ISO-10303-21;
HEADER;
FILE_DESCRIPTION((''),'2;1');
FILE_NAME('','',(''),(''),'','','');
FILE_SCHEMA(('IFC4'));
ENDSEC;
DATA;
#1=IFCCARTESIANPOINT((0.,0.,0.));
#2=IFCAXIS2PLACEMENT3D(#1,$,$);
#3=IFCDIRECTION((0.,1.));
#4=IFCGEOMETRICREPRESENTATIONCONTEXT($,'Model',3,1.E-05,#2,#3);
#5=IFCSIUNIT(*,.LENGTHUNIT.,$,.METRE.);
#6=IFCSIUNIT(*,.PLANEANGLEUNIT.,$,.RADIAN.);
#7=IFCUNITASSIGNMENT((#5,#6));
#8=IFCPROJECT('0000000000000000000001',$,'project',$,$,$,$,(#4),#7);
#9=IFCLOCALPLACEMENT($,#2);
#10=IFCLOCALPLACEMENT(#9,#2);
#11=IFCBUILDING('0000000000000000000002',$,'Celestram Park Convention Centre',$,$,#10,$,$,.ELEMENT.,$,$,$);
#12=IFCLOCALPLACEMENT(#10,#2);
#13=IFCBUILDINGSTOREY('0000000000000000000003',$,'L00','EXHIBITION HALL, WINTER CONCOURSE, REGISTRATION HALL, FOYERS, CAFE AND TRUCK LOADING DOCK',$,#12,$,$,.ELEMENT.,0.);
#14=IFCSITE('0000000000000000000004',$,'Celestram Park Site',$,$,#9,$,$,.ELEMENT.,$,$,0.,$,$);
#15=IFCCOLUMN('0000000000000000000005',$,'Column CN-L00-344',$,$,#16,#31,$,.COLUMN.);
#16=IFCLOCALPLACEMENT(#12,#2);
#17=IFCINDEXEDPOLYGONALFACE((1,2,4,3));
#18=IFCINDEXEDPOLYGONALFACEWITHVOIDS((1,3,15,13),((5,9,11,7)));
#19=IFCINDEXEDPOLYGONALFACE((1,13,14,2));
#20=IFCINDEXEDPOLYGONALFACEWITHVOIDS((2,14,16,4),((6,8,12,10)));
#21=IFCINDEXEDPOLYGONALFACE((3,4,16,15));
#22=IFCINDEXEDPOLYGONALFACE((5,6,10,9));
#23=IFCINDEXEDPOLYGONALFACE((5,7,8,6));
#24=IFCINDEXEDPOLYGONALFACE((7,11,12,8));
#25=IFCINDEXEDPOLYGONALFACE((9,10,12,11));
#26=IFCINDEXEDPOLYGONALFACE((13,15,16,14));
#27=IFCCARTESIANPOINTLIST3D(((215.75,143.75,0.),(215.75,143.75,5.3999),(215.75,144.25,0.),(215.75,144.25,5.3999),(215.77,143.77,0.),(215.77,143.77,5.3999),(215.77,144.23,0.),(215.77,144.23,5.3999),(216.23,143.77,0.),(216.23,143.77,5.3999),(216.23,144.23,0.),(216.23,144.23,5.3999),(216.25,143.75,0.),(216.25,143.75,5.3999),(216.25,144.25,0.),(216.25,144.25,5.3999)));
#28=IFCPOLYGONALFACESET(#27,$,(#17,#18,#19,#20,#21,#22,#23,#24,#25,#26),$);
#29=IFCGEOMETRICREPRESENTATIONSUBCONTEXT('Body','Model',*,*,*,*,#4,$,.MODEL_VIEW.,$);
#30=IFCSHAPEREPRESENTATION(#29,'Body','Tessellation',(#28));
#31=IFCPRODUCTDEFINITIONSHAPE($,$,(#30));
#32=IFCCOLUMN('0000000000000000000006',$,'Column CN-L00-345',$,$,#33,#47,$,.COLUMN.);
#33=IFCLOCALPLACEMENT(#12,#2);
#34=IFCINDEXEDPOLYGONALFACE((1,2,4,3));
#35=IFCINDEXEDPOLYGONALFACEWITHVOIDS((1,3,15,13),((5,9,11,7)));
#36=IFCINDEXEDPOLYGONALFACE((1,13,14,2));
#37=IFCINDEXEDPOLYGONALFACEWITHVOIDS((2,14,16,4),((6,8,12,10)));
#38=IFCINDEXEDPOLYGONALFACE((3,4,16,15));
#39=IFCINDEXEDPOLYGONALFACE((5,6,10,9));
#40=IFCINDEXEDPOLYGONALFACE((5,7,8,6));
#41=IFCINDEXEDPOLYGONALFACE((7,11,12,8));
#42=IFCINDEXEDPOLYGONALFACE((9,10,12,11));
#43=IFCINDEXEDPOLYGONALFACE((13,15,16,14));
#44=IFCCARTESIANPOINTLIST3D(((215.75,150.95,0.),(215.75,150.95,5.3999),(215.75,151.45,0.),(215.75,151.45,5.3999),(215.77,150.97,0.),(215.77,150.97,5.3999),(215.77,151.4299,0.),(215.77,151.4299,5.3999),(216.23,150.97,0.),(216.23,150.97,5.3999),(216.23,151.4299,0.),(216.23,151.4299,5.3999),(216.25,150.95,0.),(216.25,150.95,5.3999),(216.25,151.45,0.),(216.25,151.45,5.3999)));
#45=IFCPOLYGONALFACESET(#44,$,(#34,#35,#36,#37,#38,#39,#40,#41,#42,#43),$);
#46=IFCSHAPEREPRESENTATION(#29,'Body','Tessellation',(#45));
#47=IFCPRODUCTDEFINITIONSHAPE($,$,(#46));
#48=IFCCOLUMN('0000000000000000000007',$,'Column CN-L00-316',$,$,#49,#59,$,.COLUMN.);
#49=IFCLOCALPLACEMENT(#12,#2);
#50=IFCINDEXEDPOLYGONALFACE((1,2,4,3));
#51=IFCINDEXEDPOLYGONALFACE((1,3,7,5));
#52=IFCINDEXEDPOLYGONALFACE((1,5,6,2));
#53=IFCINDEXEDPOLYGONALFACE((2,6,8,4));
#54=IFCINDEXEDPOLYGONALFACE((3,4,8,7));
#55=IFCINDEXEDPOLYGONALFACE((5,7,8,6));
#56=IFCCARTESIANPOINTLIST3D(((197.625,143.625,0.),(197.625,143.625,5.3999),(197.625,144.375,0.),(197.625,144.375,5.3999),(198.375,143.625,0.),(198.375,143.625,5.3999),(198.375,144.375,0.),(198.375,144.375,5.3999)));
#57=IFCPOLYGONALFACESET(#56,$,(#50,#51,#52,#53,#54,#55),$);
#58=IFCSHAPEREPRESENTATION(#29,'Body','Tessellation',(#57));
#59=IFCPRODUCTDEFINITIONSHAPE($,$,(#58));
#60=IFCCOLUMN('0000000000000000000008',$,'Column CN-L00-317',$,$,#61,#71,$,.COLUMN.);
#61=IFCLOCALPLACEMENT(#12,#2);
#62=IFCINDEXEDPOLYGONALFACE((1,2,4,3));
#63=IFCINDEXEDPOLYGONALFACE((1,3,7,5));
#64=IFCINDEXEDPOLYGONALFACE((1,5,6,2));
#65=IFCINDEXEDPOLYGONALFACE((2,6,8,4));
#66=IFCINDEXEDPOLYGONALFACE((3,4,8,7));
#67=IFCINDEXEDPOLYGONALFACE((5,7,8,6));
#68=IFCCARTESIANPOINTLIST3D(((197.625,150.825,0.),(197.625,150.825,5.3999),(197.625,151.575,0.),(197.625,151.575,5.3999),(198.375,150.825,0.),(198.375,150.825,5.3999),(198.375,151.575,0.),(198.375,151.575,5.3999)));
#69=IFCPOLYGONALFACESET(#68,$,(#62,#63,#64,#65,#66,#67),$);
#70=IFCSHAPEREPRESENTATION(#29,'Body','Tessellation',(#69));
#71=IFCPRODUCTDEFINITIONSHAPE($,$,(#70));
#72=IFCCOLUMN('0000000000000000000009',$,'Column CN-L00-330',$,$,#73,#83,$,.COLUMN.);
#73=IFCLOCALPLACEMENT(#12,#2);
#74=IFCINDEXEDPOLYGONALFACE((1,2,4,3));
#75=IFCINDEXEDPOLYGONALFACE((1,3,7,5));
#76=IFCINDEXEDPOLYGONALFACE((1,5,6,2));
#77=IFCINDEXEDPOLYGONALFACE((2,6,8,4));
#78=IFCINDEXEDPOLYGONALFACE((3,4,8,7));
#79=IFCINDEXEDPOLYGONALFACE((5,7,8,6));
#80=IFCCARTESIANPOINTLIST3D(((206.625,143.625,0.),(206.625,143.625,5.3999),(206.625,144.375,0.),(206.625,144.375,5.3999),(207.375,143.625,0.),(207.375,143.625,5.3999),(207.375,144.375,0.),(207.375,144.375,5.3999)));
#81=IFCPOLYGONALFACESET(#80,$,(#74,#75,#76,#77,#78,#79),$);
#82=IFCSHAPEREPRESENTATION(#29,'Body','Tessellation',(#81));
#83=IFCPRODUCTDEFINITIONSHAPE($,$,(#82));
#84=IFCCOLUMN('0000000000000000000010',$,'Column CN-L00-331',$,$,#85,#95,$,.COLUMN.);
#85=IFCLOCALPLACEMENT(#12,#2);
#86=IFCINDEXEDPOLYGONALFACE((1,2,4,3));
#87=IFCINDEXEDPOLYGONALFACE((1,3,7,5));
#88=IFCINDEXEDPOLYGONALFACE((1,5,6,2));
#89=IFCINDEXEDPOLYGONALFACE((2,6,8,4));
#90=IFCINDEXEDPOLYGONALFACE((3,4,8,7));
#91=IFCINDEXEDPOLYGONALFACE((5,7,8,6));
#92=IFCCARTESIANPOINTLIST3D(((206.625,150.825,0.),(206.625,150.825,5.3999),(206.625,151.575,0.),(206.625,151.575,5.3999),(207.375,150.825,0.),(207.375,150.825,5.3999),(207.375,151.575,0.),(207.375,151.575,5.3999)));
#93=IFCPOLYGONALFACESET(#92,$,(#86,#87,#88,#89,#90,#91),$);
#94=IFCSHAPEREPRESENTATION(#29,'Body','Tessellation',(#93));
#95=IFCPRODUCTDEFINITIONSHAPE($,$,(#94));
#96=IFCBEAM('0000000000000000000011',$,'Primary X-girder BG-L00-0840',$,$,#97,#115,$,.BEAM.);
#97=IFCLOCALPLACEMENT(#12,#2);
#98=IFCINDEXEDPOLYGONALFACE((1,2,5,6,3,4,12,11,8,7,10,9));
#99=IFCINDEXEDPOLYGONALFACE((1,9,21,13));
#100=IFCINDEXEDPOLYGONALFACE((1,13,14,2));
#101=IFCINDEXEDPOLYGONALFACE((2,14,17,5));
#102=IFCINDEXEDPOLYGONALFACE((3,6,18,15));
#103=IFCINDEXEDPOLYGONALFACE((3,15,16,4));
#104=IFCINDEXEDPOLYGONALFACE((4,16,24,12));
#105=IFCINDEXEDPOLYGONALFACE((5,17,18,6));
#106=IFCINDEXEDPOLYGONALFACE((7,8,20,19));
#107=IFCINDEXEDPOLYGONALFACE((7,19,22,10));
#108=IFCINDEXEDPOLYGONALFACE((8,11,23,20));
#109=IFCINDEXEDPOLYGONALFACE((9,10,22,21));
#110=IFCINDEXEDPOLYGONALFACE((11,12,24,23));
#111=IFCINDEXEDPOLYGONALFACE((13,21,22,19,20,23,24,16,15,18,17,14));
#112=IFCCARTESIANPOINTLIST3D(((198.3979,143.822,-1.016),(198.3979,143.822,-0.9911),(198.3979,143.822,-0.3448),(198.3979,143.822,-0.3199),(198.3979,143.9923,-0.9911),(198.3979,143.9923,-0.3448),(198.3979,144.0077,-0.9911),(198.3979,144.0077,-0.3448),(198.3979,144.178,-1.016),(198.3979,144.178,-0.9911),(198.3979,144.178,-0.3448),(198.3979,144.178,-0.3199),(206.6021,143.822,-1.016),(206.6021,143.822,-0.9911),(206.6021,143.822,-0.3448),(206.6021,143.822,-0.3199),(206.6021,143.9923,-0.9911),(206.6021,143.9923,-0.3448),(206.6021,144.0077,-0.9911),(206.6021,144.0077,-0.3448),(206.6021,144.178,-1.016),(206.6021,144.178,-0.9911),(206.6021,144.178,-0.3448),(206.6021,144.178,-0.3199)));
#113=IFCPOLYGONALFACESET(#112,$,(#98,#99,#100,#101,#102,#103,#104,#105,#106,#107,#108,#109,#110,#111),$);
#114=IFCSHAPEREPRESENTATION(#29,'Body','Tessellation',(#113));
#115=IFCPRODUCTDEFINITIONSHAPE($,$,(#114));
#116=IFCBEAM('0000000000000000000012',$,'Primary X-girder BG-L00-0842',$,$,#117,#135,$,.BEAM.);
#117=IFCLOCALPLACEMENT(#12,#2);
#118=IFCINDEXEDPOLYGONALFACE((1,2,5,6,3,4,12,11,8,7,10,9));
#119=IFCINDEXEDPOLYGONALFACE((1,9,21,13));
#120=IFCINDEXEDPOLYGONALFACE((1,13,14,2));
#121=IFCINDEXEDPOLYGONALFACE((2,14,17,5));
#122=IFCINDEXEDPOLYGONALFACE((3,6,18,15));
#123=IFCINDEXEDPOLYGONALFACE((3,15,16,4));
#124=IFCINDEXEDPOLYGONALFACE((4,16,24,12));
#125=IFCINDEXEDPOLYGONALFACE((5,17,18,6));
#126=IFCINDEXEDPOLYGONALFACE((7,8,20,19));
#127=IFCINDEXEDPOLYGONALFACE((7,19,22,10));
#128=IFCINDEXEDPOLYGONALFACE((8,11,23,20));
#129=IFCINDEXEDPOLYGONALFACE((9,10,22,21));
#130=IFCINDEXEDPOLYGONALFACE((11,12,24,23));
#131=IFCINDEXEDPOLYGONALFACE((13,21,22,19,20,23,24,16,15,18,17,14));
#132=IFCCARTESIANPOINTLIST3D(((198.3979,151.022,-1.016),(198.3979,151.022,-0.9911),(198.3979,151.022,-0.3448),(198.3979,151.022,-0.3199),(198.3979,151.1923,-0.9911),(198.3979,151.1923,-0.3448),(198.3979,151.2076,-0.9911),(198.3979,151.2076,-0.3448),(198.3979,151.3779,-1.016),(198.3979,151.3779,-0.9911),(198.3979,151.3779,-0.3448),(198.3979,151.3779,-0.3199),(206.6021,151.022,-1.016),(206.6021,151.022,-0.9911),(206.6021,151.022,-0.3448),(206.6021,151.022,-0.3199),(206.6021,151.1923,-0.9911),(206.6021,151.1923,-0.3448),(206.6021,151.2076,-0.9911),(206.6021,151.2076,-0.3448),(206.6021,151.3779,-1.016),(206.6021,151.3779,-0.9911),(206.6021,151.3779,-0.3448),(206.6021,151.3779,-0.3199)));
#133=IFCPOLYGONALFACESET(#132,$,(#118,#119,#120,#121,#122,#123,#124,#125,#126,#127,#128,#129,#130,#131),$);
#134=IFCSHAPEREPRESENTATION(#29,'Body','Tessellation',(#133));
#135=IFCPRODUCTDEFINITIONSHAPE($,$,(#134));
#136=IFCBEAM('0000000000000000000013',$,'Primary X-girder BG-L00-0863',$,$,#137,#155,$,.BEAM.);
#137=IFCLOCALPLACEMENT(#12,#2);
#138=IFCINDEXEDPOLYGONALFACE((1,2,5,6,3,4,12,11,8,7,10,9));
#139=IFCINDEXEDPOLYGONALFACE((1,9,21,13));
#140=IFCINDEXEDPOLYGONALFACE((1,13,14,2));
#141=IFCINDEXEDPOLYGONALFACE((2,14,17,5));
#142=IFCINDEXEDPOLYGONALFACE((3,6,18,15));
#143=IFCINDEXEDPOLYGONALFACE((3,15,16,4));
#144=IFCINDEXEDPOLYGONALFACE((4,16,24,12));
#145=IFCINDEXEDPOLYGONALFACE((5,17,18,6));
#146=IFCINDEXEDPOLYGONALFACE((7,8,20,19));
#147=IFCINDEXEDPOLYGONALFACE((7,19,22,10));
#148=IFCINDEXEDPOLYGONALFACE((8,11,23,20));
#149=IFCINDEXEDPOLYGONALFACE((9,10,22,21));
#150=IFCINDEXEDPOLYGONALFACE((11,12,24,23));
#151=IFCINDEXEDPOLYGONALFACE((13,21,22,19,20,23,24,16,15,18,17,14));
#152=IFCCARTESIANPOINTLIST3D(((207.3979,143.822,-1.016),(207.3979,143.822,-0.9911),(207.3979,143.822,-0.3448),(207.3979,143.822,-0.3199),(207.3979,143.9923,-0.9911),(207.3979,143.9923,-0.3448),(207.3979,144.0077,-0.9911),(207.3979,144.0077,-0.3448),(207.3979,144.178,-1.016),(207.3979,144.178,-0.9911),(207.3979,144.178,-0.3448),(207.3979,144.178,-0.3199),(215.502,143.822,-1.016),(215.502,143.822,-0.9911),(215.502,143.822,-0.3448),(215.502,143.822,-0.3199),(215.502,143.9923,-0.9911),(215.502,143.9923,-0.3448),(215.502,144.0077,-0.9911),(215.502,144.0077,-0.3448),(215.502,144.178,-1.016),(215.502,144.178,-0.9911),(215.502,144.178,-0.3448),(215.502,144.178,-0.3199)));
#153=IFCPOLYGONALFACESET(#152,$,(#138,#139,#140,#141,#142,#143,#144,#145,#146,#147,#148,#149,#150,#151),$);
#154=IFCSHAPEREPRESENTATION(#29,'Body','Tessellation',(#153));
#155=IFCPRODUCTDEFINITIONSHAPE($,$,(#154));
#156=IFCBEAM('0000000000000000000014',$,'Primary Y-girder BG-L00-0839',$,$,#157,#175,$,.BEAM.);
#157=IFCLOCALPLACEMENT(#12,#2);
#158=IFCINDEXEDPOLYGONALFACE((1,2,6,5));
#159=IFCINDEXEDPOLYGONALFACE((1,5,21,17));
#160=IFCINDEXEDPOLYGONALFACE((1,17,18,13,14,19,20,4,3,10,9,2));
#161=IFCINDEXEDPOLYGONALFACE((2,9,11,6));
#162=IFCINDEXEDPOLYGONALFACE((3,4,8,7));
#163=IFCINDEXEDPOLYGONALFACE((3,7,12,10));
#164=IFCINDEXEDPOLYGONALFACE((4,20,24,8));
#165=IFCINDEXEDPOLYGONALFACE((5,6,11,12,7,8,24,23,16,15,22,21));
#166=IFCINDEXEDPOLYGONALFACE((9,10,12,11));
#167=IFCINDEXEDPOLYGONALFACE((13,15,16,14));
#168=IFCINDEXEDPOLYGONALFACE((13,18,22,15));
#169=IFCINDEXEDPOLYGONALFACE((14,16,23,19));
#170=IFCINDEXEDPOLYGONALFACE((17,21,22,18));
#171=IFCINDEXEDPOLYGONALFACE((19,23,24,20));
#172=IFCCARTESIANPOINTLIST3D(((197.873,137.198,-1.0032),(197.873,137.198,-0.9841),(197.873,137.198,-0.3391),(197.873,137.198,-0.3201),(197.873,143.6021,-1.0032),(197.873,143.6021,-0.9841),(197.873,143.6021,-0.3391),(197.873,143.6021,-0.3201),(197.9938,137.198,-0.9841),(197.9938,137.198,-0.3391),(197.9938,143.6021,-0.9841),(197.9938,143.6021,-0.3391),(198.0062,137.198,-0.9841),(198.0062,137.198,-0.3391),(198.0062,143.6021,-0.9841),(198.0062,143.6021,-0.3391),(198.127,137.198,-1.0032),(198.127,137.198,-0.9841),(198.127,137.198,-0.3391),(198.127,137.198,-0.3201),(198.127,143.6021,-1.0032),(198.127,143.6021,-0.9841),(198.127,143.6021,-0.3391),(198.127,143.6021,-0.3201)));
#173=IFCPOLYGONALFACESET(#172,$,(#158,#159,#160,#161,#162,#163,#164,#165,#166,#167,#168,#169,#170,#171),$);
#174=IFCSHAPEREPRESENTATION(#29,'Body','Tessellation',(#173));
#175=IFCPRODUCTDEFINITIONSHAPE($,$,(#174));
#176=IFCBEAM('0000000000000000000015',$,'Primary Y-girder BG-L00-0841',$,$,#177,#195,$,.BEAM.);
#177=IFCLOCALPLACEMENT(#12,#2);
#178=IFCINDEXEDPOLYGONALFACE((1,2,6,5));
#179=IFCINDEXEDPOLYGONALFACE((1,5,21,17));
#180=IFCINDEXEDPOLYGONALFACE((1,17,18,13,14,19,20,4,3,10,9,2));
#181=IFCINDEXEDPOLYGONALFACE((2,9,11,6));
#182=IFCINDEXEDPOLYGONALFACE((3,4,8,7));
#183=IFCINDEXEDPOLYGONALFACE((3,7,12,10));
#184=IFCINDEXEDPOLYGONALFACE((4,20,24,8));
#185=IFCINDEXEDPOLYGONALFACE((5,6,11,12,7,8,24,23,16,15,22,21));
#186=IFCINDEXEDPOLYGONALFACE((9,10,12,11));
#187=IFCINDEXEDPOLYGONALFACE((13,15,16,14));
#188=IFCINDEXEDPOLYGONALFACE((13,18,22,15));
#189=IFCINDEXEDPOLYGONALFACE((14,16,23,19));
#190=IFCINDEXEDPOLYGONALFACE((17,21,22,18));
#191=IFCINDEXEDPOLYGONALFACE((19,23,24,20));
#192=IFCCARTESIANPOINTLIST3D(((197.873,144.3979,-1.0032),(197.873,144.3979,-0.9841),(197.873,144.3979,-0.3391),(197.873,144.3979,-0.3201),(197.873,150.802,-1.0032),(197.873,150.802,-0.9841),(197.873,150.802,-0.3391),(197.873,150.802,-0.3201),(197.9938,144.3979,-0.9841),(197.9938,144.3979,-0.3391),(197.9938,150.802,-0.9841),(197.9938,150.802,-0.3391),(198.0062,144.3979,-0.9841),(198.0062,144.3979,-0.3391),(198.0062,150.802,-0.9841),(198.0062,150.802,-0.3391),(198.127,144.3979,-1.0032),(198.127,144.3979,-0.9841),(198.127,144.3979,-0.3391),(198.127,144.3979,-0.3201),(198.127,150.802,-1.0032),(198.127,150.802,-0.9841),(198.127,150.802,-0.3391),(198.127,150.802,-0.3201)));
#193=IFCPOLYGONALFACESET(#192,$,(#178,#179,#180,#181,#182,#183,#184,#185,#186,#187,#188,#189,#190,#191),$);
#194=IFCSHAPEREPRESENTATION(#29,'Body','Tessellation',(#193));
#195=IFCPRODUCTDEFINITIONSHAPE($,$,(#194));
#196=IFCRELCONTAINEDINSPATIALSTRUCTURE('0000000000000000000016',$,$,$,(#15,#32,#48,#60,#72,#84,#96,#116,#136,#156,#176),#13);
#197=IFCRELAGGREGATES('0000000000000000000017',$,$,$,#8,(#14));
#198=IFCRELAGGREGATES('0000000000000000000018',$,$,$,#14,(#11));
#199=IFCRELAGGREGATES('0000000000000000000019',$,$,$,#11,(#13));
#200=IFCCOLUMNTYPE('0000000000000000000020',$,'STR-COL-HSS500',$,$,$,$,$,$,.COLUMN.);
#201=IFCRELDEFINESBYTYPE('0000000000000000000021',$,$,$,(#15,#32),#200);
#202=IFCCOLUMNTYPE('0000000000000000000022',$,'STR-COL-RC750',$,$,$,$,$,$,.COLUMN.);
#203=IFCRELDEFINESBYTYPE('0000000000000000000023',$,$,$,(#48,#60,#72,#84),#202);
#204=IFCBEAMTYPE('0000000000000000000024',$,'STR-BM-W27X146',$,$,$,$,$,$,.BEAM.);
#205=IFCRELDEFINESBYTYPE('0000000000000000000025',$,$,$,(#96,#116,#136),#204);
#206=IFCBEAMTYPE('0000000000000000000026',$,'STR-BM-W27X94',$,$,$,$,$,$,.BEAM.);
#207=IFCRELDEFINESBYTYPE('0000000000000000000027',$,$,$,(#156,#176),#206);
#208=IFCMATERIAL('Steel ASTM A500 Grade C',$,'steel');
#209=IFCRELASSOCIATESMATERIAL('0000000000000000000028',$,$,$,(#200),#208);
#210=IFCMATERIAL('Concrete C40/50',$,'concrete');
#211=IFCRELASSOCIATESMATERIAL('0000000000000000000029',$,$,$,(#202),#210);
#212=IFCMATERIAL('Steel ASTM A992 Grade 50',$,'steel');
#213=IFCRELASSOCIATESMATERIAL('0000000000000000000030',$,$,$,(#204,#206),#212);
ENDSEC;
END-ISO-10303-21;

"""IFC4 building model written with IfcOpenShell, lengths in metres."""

from ifc_helpers import new_model, si_unit, direction, frame, origin, origin_2d, place, context, subcontext, project, spatial, rectangle, hollow_rectangle, i_section, extrude, material, material_profile, profile_set, type_object, element, save


model = new_model("IFC4")

# Units and contexts
model_context = context("Model", 3, precision=1e-05, world=origin(), true_north=direction((0.0, 1.0)))
body_context = subcontext(model_context, "Body", "Model", "MODEL_VIEW")
ifc_project = project(units=[si_unit("LENGTHUNIT", "METRE"), si_unit("PLANEANGLEUNIT", "RADIAN")], contexts=[model_context])

# Site, building, storey
site_placement = place(None, origin())
site = spatial("IfcSite", under=ifc_project, at=site_placement, Name="Celestram Park Site", CompositionType="ELEMENT", RefElevation=0.0)
building_placement = place(site_placement, origin())
building = spatial("IfcBuilding", under=site, at=building_placement, Name="Celestram Park Convention Centre", CompositionType="ELEMENT")
storey_placement = place(building_placement, origin())
storey = spatial("IfcBuildingStorey", under=building, at=storey_placement, Name="L00", Description="EXHIBITION HALL, WINTER CONCOURSE, REGISTRATION HALL, FOYERS, CAFE AND TRUCK LOADING DOCK", CompositionType="ELEMENT", Elevation=0.0)

# Columns
ifc_material_1 = material(Name="Steel ASTM A500 Grade C", Category="steel")
ifc_material_profile_1 = material_profile(ifc_material_1, hollow_rectangle(XDim=0.5, YDim=0.5, WallThickness=0.02, at=origin_2d()), Name="HSS500X500X20")
ifc_profile_set_1 = profile_set([ifc_material_profile_1], Name="Steel ASTM A500 Grade C")
column_type_1 = type_object("IfcColumnType", Name="STR-COL-HSS500", PredefinedType="COLUMN", material=ifc_profile_set_1)
for number, where, z_axis, x_axis, name in (
    (1, (216.0, 144.0, 0.0), (0.0, 0.0, 1.0), (1.0, 0.0, 0.0), "Column CN-L00-344"),
    (2, (216.0, 151.2, 0.0), (0.0, 0.0, 1.0), (1.0, 0.0, 0.0), "Column CN-L00-345"),
):
    element("IfcColumn", number, at=place(storey_placement, frame(where, z_axis=z_axis, x_axis=x_axis)), inside=storey, type_object=column_type_1, Name=name, PredefinedType="COLUMN", context=body_context, shape_type="SweptSolid", body=[
        extrude(hollow_rectangle(XDim=0.5, YDim=0.5, WallThickness=0.02, at=origin_2d()), origin(), (0.0, 0.0, 1.0), 5.3999),
    ])
ifc_material_2 = material(Name="Concrete C40/50", Category="concrete")
ifc_material_profile_2 = material_profile(ifc_material_2, rectangle(XDim=0.75, YDim=0.75, at=origin_2d()), Name="RC750X750")
ifc_profile_set_2 = profile_set([ifc_material_profile_2], Name="Concrete C40/50")
column_type_2 = type_object("IfcColumnType", Name="STR-COL-RC750", PredefinedType="COLUMN", material=ifc_profile_set_2)
for number, where, z_axis, x_axis, name in (
    (3, (198.0, 144.0, 0.0), (0.0, 0.0, 1.0), (1.0, 0.0, 0.0), "Column CN-L00-316"),
    (4, (198.0, 151.2, 0.0), (0.0, 0.0, 1.0), (1.0, 0.0, 0.0), "Column CN-L00-317"),
    (5, (207.0, 144.0, 0.0), (0.0, 0.0, 1.0), (1.0, 0.0, 0.0), "Column CN-L00-330"),
    (6, (207.0, 151.2, 0.0), (0.0, 0.0, 1.0), (1.0, 0.0, 0.0), "Column CN-L00-331"),
):
    element("IfcColumn", number, at=place(storey_placement, frame(where, z_axis=z_axis, x_axis=x_axis)), inside=storey, type_object=column_type_2, Name=name, PredefinedType="COLUMN", context=body_context, shape_type="SweptSolid", body=[
        extrude(rectangle(XDim=0.75, YDim=0.75, at=origin_2d()), origin(), (0.0, 0.0, 1.0), 5.3999),
    ])

# Beams
ifc_material_3 = material(Name="Steel ASTM A992 Grade 50", Category="steel")
ifc_material_profile_3 = material_profile(ifc_material_3, i_section(OverallWidth=0.356, OverallDepth=0.696, WebThickness=0.0154, FlangeThickness=0.0249, at=origin_2d()), Name="W27X146")
ifc_profile_set_3 = profile_set([ifc_material_profile_3], Name="Steel ASTM A992 Grade 50")
beam_type_1 = type_object("IfcBeamType", Name="STR-BM-W27X146", PredefinedType="BEAM", material=ifc_profile_set_3)
for number, where, z_axis, x_axis, name in (
    (7, (198.3979, 144.0, -0.668), (1.0, 0.0, 0.0), (0.0, 1.0, 0.0), "Primary X-girder BG-L00-0840"),
    (8, (198.3979, 151.2, -0.668), (1.0, 0.0, 0.0), (0.0, 1.0, 0.0), "Primary X-girder BG-L00-0842"),
):
    element("IfcBeam", number, at=place(storey_placement, frame(where, z_axis=z_axis, x_axis=x_axis)), inside=storey, type_object=beam_type_1, Name=name, PredefinedType="BEAM", context=body_context, shape_type="SweptSolid", body=[
        extrude(i_section(OverallWidth=0.356, OverallDepth=0.696, WebThickness=0.0154, FlangeThickness=0.0249, at=origin_2d()), origin(), (0.0, 0.0, 1.0), 8.2041),
    ])
beam_1_placement = place(storey_placement, frame((207.3979, 144.0, -0.668), z_axis=(1.0, 0.0, 0.0), x_axis=(0.0, 1.0, 0.0)))
element("IfcBeam", 9, at=beam_1_placement, inside=storey, type_object=beam_type_1, Name="Primary X-girder BG-L00-0863", PredefinedType="BEAM", context=body_context, shape_type="SweptSolid", body=[
    extrude(i_section(OverallWidth=0.356, OverallDepth=0.696, WebThickness=0.0154, FlangeThickness=0.0249, at=origin_2d()), origin(), (0.0, 0.0, 1.0), 8.104),
])
ifc_material_profile_4 = material_profile(ifc_material_3, i_section(OverallWidth=0.2539, OverallDepth=0.6831, WebThickness=0.0125, FlangeThickness=0.019, at=origin_2d()), Name="W27X94")
ifc_profile_set_4 = profile_set([ifc_material_profile_4], Name="Steel ASTM A992 Grade 50")
beam_type_2 = type_object("IfcBeamType", Name="STR-BM-W27X94", PredefinedType="BEAM", material=ifc_profile_set_4)
for number, where, z_axis, x_axis, name in (
    (10, (198.0, 137.198, -0.6616), (0.0, 1.0, 0.0), (-1.0, 0.0, 0.0), "Primary Y-girder BG-L00-0839"),
    (11, (198.0, 144.3979, -0.6616), (0.0, 1.0, 0.0), (-1.0, 0.0, 0.0), "Primary Y-girder BG-L00-0841"),
):
    element("IfcBeam", number, at=place(storey_placement, frame(where, z_axis=z_axis, x_axis=x_axis)), inside=storey, type_object=beam_type_2, Name=name, PredefinedType="BEAM", context=body_context, shape_type="SweptSolid", body=[
        extrude(i_section(OverallWidth=0.2539, OverallDepth=0.6831, WebThickness=0.0125, FlangeThickness=0.019, at=origin_2d()), origin(), (0.0, 0.0, 1.0), 6.4041),
    ])

save(model, "model.ifc")
